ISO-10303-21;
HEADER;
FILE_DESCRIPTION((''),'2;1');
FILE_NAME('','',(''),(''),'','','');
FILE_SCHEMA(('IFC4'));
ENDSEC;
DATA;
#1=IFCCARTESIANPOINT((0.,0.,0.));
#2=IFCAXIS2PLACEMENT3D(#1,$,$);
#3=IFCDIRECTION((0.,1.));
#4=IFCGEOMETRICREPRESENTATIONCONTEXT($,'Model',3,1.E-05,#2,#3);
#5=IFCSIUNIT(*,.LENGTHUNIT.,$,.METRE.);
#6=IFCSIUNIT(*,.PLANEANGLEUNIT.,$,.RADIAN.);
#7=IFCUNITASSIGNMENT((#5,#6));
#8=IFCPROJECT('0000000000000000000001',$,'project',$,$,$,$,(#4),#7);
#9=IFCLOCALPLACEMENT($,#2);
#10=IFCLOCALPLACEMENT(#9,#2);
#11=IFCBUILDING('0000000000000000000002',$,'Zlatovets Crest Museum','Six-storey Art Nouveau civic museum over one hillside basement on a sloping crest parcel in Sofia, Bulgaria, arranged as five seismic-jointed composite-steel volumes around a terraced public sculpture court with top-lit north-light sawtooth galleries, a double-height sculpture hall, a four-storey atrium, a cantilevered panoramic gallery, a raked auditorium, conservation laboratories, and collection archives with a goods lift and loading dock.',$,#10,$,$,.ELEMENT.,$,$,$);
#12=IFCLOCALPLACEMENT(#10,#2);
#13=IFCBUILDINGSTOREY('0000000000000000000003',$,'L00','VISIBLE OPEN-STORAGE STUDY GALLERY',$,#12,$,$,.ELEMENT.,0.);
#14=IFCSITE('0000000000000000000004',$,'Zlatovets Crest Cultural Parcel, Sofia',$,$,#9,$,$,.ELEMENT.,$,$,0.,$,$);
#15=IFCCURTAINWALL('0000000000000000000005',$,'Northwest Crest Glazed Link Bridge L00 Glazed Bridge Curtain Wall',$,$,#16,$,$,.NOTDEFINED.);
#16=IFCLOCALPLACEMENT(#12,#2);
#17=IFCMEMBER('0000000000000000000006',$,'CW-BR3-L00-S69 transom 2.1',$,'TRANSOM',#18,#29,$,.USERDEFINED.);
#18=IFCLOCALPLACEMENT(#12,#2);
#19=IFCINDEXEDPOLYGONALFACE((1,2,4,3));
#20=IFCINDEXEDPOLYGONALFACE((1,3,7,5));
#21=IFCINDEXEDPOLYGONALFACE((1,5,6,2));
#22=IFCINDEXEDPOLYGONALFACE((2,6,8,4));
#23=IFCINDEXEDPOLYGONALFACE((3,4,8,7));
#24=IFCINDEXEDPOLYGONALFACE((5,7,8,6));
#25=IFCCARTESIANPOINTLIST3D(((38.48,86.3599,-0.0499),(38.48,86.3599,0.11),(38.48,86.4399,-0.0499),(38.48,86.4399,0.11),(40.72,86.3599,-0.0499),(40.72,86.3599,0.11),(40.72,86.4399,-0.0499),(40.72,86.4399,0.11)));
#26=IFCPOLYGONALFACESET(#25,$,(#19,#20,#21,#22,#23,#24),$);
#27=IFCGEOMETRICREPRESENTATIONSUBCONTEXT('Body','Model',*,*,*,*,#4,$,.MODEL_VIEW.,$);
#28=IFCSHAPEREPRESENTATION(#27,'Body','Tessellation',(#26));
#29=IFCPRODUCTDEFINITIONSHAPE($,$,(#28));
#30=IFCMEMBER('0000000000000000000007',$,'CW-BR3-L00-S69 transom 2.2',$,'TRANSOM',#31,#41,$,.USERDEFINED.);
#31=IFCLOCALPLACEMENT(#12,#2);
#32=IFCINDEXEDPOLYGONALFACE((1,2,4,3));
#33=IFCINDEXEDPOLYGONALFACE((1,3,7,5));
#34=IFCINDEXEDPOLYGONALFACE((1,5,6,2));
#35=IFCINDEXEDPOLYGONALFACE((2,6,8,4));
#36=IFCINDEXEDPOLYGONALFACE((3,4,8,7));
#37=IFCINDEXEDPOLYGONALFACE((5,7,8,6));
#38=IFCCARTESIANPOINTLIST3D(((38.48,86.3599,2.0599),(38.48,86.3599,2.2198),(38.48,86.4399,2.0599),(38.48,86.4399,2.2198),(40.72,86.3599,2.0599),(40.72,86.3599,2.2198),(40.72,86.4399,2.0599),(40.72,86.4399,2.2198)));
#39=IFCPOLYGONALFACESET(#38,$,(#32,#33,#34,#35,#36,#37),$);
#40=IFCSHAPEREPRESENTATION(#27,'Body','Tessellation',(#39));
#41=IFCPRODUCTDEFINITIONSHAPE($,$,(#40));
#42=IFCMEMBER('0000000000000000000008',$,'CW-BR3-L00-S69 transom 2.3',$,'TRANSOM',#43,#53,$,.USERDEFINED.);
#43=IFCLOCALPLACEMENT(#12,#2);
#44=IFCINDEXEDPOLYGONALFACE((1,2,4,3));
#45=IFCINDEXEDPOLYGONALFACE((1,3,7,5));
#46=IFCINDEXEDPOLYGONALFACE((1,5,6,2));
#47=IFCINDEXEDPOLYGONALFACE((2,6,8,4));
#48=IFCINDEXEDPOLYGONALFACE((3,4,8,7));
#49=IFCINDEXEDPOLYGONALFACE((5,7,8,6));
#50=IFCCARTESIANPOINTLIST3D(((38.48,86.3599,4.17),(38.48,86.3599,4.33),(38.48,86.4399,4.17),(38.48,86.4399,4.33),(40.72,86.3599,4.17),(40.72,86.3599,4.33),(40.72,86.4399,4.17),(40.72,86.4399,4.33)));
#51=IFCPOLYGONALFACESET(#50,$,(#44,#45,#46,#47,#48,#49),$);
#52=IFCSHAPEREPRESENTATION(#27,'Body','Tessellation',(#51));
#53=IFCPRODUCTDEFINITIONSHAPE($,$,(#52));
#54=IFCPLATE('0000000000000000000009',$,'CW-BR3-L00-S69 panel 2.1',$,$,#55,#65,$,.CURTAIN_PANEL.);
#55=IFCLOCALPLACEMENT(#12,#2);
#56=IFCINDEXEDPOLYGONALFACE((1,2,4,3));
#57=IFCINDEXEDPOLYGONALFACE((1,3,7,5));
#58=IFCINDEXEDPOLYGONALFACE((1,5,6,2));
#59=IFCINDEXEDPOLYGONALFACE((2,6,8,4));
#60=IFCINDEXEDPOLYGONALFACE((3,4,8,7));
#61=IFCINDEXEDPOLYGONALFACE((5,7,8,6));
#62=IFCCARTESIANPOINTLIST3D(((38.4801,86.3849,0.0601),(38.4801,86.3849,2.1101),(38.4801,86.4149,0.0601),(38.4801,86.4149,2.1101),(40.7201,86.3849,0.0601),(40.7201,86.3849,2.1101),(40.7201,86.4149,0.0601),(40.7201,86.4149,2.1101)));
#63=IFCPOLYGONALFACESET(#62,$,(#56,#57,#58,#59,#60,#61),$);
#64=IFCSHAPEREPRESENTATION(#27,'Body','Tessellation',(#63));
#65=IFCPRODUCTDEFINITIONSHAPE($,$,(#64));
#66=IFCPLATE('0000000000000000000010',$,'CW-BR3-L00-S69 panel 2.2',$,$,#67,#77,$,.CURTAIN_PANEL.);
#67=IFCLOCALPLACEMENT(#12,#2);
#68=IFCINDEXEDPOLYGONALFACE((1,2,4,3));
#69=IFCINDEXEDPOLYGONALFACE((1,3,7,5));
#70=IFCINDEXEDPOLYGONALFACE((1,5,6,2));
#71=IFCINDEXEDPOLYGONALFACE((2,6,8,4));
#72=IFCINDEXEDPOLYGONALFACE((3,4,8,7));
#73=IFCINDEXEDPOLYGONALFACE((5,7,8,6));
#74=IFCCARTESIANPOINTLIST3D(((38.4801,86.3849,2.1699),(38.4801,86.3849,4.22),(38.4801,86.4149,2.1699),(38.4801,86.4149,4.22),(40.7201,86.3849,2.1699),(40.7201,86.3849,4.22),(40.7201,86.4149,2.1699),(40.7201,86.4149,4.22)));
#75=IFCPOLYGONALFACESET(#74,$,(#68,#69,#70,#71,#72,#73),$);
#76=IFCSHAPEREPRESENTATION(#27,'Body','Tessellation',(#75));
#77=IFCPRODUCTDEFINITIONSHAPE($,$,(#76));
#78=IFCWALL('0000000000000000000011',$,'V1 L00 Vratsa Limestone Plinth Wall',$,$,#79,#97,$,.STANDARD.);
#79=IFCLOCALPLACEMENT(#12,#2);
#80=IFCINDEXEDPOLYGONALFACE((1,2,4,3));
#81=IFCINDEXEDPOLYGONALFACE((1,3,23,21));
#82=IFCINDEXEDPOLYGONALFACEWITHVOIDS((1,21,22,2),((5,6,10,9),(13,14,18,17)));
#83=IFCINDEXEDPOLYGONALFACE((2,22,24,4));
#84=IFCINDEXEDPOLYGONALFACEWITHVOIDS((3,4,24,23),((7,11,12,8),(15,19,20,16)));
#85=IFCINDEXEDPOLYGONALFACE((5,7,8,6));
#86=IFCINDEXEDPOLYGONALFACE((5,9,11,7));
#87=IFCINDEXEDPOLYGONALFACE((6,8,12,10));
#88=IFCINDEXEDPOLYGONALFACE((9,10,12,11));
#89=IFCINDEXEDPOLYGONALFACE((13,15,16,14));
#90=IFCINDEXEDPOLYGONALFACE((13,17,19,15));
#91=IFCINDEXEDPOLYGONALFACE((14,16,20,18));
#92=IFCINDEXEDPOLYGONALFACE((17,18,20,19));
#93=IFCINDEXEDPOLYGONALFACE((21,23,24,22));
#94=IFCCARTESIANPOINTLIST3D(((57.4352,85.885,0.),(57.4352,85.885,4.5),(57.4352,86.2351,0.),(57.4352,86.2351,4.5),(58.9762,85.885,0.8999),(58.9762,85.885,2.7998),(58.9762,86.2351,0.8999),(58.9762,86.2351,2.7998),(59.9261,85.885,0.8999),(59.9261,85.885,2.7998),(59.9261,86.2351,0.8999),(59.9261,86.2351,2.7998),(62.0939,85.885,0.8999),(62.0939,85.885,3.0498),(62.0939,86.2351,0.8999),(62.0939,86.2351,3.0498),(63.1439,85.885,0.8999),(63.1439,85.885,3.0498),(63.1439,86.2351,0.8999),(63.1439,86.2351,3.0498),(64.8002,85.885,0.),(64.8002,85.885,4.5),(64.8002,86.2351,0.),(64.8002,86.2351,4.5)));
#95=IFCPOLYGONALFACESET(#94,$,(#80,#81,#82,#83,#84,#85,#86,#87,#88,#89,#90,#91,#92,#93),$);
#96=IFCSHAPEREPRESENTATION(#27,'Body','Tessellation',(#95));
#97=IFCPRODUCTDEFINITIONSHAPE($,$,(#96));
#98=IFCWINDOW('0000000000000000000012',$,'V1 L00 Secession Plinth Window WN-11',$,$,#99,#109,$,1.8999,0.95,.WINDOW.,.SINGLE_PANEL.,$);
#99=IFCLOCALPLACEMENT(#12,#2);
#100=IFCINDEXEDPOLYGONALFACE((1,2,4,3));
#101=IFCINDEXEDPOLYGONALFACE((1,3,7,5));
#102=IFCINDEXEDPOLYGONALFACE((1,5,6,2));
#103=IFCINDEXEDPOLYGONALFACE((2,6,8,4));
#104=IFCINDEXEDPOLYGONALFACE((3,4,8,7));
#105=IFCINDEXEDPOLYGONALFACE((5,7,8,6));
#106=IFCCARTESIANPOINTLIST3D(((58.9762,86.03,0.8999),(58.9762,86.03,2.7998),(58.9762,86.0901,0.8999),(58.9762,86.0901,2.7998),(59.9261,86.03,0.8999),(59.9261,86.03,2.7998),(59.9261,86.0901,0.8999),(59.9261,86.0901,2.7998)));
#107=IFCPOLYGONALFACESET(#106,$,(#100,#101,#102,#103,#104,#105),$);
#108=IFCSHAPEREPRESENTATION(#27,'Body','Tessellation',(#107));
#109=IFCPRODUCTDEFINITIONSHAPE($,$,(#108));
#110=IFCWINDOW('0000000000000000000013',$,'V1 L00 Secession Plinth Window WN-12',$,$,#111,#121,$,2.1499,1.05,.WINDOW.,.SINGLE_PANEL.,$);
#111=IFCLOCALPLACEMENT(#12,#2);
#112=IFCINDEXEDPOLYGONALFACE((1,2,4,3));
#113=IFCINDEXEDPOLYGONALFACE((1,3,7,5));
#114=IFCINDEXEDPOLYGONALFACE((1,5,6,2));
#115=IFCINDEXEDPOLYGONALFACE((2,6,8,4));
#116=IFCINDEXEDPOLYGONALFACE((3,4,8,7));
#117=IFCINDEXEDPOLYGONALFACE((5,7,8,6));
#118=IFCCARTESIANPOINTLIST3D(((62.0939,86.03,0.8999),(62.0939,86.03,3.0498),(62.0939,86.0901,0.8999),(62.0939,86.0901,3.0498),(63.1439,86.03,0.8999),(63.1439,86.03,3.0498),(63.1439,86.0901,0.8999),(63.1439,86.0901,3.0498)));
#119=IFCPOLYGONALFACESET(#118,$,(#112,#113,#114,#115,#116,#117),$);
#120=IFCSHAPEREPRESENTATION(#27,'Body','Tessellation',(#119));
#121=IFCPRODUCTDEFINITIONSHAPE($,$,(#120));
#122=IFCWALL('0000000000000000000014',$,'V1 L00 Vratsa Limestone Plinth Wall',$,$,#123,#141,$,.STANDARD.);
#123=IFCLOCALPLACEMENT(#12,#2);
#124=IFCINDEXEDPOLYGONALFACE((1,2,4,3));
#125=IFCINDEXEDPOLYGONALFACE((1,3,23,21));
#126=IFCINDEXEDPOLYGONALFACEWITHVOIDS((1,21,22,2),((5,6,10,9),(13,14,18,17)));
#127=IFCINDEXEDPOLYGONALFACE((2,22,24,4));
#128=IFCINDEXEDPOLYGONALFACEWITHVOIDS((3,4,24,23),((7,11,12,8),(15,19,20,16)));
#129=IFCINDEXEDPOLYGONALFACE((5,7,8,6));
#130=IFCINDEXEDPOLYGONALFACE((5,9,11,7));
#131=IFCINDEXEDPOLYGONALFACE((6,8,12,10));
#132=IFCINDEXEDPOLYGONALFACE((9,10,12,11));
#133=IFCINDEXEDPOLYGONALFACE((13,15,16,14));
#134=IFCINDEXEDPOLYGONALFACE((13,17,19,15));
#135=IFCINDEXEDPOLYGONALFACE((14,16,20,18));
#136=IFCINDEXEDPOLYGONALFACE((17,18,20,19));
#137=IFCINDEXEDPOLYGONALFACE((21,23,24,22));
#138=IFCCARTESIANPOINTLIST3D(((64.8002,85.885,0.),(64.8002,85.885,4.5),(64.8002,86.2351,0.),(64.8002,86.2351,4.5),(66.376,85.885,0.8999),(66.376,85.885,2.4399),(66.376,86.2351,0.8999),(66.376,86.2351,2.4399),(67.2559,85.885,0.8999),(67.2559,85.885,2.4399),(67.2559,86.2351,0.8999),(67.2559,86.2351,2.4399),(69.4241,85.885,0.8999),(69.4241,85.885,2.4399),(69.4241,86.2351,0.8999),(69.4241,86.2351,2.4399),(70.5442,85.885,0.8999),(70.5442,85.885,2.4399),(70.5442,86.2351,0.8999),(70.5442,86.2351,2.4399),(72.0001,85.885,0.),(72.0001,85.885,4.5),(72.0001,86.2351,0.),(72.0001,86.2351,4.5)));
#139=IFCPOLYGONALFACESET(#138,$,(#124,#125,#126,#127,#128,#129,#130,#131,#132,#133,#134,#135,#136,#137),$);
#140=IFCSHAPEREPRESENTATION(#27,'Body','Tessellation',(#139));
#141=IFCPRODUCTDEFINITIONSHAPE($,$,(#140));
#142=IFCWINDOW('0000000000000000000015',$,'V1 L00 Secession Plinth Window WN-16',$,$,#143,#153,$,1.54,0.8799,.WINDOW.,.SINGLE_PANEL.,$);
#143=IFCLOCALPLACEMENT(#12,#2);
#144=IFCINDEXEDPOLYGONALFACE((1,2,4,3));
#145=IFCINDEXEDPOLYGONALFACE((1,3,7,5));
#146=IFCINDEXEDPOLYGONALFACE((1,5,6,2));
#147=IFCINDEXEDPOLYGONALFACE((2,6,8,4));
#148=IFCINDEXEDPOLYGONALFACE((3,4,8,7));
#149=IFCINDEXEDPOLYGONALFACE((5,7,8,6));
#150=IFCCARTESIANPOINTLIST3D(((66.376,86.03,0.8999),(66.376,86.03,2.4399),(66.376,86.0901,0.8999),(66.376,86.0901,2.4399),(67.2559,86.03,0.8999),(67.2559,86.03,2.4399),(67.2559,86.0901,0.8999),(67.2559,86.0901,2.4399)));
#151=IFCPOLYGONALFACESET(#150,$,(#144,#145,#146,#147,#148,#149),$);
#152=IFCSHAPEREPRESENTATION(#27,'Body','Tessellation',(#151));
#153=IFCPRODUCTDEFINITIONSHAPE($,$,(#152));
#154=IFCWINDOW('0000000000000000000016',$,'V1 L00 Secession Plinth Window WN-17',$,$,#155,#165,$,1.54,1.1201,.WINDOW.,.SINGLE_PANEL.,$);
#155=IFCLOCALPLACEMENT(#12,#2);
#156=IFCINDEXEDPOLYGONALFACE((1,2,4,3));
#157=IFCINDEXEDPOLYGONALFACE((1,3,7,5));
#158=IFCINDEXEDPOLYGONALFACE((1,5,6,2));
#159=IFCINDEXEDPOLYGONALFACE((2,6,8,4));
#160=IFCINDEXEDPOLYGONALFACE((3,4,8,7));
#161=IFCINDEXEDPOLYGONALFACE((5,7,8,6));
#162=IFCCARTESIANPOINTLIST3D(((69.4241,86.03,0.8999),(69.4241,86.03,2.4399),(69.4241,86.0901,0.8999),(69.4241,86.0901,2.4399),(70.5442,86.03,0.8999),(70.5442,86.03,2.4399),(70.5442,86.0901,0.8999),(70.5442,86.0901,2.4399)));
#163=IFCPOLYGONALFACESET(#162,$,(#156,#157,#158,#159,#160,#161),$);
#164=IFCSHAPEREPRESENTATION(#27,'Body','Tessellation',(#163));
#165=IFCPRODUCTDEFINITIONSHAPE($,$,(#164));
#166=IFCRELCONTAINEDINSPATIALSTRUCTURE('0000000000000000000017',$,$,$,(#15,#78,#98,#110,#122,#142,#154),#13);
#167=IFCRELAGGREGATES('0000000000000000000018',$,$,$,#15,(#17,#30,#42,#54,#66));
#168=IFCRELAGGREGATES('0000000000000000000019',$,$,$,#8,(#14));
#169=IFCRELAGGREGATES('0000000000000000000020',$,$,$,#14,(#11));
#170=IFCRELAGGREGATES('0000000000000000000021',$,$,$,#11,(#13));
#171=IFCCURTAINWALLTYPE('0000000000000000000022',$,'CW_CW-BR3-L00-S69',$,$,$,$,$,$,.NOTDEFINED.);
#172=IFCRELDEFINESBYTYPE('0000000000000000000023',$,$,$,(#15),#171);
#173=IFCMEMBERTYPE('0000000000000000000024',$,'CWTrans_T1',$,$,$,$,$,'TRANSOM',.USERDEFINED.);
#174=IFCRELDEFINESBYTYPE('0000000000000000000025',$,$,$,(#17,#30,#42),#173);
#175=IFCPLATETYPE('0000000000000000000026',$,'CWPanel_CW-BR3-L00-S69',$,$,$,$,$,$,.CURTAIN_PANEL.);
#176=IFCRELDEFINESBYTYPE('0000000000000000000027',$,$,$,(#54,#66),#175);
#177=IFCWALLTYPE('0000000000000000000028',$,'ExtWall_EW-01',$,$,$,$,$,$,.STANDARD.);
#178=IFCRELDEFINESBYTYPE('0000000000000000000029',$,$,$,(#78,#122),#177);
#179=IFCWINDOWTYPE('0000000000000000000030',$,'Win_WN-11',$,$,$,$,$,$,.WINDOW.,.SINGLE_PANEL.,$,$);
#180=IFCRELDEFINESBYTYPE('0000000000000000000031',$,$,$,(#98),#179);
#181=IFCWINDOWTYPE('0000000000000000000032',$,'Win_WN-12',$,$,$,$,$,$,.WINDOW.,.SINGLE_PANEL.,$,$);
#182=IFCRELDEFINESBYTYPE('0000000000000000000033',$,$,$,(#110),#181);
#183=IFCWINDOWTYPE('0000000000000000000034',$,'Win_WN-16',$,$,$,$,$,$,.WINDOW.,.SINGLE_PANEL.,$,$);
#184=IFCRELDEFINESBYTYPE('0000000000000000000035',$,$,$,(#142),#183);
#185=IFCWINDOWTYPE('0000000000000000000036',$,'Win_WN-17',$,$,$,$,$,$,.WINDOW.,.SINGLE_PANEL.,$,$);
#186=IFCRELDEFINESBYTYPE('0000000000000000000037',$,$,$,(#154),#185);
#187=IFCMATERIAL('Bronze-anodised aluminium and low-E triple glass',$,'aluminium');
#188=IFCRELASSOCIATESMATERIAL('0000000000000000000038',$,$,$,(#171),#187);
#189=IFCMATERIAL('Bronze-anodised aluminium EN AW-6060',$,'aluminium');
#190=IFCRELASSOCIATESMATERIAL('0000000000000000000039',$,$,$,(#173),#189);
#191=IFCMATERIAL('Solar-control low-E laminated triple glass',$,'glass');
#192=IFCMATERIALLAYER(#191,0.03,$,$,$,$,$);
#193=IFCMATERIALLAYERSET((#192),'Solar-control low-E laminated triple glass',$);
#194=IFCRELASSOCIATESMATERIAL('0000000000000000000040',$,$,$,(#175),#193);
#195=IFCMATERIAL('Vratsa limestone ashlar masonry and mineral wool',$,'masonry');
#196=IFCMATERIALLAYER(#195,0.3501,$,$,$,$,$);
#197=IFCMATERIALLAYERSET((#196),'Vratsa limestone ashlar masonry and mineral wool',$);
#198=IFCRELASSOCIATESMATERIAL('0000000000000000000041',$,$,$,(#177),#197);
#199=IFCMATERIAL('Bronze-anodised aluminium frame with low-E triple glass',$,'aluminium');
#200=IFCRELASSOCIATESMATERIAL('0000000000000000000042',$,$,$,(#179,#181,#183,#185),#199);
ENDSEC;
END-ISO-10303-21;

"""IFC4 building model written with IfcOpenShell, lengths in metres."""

from ifc_helpers import new_model, si_unit, direction, frame, frame_2d, origin, origin_2d, place, context, subcontext, project, spatial, rectangle, extrude, material, layer, layer_set, material_profile, profile_set, type_object, element, fill, aggregate, save


model = new_model("IFC4")

# Units and contexts
model_context = context("Model", 3, precision=1e-05, world=origin(), true_north=direction((0.0, 1.0)))
body_context = subcontext(model_context, "Body", "Model", "MODEL_VIEW")
ifc_project = project(units=[si_unit("LENGTHUNIT", "METRE"), si_unit("PLANEANGLEUNIT", "RADIAN")], contexts=[model_context])

# Site, building, storey
site_placement = place(None, origin())
site = spatial("IfcSite", under=ifc_project, at=site_placement, Name="Zlatovets Crest Cultural Parcel, Sofia", CompositionType="ELEMENT", RefElevation=0.0)
building_placement = place(site_placement, origin())
building = spatial("IfcBuilding", under=site, at=building_placement, Name="Zlatovets Crest Museum", Description="Six-storey Art Nouveau civic museum over one hillside basement on a sloping crest parcel in Sofia, Bulgaria, arranged as five seismic-jointed composite-steel volumes around a terraced public sculpture court with top-lit north-light sawtooth galleries, a double-height sculpture hall, a four-storey atrium, a cantilevered panoramic gallery, a raked auditorium, conservation laboratories, and collection archives with a goods lift and loading dock.", CompositionType="ELEMENT")
storey_placement = place(building_placement, origin())
storey = spatial("IfcBuildingStorey", under=building, at=storey_placement, Name="L00", Description="VISIBLE OPEN-STORAGE STUDY GALLERY", CompositionType="ELEMENT", Elevation=0.0)

# Curtain wall, members, plates
ifc_material_1 = material(Name="Bronze-anodised aluminium and low-E triple glass", Category="aluminium")
curtain_wall_type = type_object("IfcCurtainWallType", Name="CW_CW-BR3-L00-S69", PredefinedType="NOTDEFINED", material=ifc_material_1)
curtain_wall_placement = place(storey_placement, origin())
curtain_wall = element("IfcCurtainWall", 1, at=curtain_wall_placement, inside=storey, type_object=curtain_wall_type, Name="Northwest Crest Glazed Link Bridge L00 Glazed Bridge Curtain Wall", PredefinedType="NOTDEFINED")
ifc_material_2 = material(Name="Bronze-anodised aluminium EN AW-6060", Category="aluminium")
ifc_material_profile_1 = material_profile(ifc_material_2, rectangle(XDim=0.0801, YDim=0.1599, at=origin_2d()), Name="ALU 80x160")
ifc_profile_set_1 = profile_set([ifc_material_profile_1], Name="Bronze-anodised aluminium EN AW-6060")
member_type_1 = type_object("IfcMemberType", Name="CWTrans_T1", ElementType="TRANSOM", PredefinedType="USERDEFINED", material=ifc_profile_set_1)
member_1_placement = place(storey_placement, frame((38.48, 86.3999, 0.03), z_axis=(1.0, 0.0, 0.0), x_axis=(0.0, 1.0, 0.0)))
member_1 = element("IfcMember", 2, at=member_1_placement, type_object=member_type_1, Name="CW-BR3-L00-S69 transom 2.1", ObjectType="TRANSOM", PredefinedType="USERDEFINED", context=body_context, shape_type="SweptSolid", body=[
    extrude(rectangle(XDim=0.0801, YDim=0.1599, at=origin_2d()), origin(), (0.0, 0.0, 1.0), 2.24),
])
member_2_placement = place(storey_placement, frame((38.48, 86.3999, 2.1399), z_axis=(1.0, 0.0, 0.0), x_axis=(0.0, 1.0, 0.0)))
member_2 = element("IfcMember", 3, at=member_2_placement, type_object=member_type_1, Name="CW-BR3-L00-S69 transom 2.2", ObjectType="TRANSOM", PredefinedType="USERDEFINED", context=body_context, shape_type="SweptSolid", body=[
    extrude(rectangle(XDim=0.0801, YDim=0.1599, at=origin_2d()), origin(), (0.0, 0.0, 1.0), 2.24),
])
member_3_placement = place(storey_placement, frame((38.48, 86.3999, 4.25), z_axis=(1.0, 0.0, 0.0), x_axis=(0.0, 1.0, 0.0)))
member_3 = element("IfcMember", 4, at=member_3_placement, type_object=member_type_1, Name="CW-BR3-L00-S69 transom 2.3", ObjectType="TRANSOM", PredefinedType="USERDEFINED", context=body_context, shape_type="SweptSolid", body=[
    extrude(rectangle(XDim=0.0801, YDim=0.1599, at=origin_2d()), origin(), (0.0, 0.0, 1.0), 2.24),
])
ifc_material_3 = material(Name="Solar-control low-E laminated triple glass", Category="glass")
ifc_layer_1 = layer(ifc_material_3, 0.03)
ifc_layer_set_1 = layer_set([ifc_layer_1], Name="Solar-control low-E laminated triple glass")
plate_type = type_object("IfcPlateType", Name="CWPanel_CW-BR3-L00-S69", PredefinedType="CURTAIN_PANEL", material=ifc_layer_set_1)
plate_1_placement = place(storey_placement, frame((39.6001, 86.3999, 0.0601), z_axis=(0.0, 0.0, 1.0), x_axis=(1.0, 0.0, 0.0)))
plate_1 = element("IfcPlate", 5, at=plate_1_placement, type_object=plate_type, Name="CW-BR3-L00-S69 panel 2.1", PredefinedType="CURTAIN_PANEL", context=body_context, shape_type="SweptSolid", body=[
    extrude(rectangle(XDim=2.24, YDim=0.03, at=origin_2d()), origin(), (0.0, 0.0, 1.0), 2.05),
])
plate_2_placement = place(storey_placement, frame((39.6001, 86.3999, 2.1699), z_axis=(0.0, 0.0, 1.0), x_axis=(1.0, 0.0, 0.0)))
plate_2 = element("IfcPlate", 6, at=plate_2_placement, type_object=plate_type, Name="CW-BR3-L00-S69 panel 2.2", PredefinedType="CURTAIN_PANEL", context=body_context, shape_type="SweptSolid", body=[
    extrude(rectangle(XDim=2.24, YDim=0.03, at=origin_2d()), origin(), (0.0, 0.0, 1.0), 2.05),
])
aggregate(curtain_wall, [member_1, member_2, member_3, plate_1, plate_2])

# Walls, openings, windows
ifc_material_4 = material(Name="Vratsa limestone ashlar masonry and mineral wool", Category="masonry")
ifc_layer_2 = layer(ifc_material_4, 0.3501)
ifc_layer_set_2 = layer_set([ifc_layer_2], Name="Vratsa limestone ashlar masonry and mineral wool")
wall_type_1 = type_object("IfcWallType", Name="ExtWall_EW-01", PredefinedType="STANDARD", material=ifc_layer_set_2)
wall_1_placement = place(storey_placement, frame((57.4351, 86.0601, 0.0), z_axis=(0.0, 0.0, 1.0), x_axis=(1.0, 0.0, 0.0)))
wall_1 = element("IfcWall", 7, at=wall_1_placement, inside=storey, type_object=wall_type_1, Name="V1 L00 Vratsa Limestone Plinth Wall", PredefinedType="STANDARD", context=body_context, shape_type="SweptSolid", body=[
    extrude(rectangle(XDim=7.365, YDim=0.3501, at=frame_2d((3.6826, 0.0))), origin(), (0.0, 0.0, 1.0), 4.5),
])
opening_1_placement = place(wall_1_placement, frame((1.541, 0.0, 0.8999)))
opening_1 = element("IfcOpeningElement", 8, at=opening_1_placement, cuts=wall_1, PredefinedType="OPENING", context=body_context, shape_type="SweptSolid", body=[
    extrude(rectangle(XDim=0.95, YDim=1.8999, at=frame_2d((0.4751, 0.95))), frame((0.0, 0.1851, 0.0), z_axis=(0.0, -1.0, 0.0), x_axis=(1.0, 0.0, 0.0)), (0.0, 0.0, 1.0), 0.3701),
])
opening_2_placement = place(wall_1_placement, frame((4.6589, 0.0, 0.8999)))
opening_2 = element("IfcOpeningElement", 9, at=opening_2_placement, cuts=wall_1, PredefinedType="OPENING", context=body_context, shape_type="SweptSolid", body=[
    extrude(rectangle(XDim=1.05, YDim=2.1499, at=frame_2d((0.5249, 1.075))), frame((0.0, 0.1851, 0.0), z_axis=(0.0, -1.0, 0.0), x_axis=(1.0, 0.0, 0.0)), (0.0, 0.0, 1.0), 0.3701),
])
ifc_material_5 = material(Name="Bronze-anodised aluminium frame with low-E triple glass", Category="aluminium")
window_type_1 = type_object("IfcWindowType", Name="Win_WN-11", PartitioningType="SINGLE_PANEL", PredefinedType="WINDOW", material=ifc_material_5)
window_1_placement = place(opening_1_placement, origin())
window_1 = element("IfcWindow", 10, at=window_1_placement, inside=storey, type_object=window_type_1, Name="V1 L00 Secession Plinth Window WN-11", OverallHeight=1.8999, OverallWidth=0.95, PartitioningType="SINGLE_PANEL", PredefinedType="WINDOW", context=body_context, shape_type="SweptSolid", body=[
    extrude(rectangle(XDim=0.95, YDim=1.8999, at=frame_2d((0.4751, 0.95))), frame((0.0, 0.03, 0.0), z_axis=(0.0, -1.0, 0.0), x_axis=(1.0, 0.0, 0.0)), (0.0, 0.0, 1.0), 0.0601),
])
fill(opening_1, window_1)
window_type_2 = type_object("IfcWindowType", Name="Win_WN-12", PartitioningType="SINGLE_PANEL", PredefinedType="WINDOW", material=ifc_material_5)
window_2_placement = place(opening_2_placement, origin())
window_2 = element("IfcWindow", 11, at=window_2_placement, inside=storey, type_object=window_type_2, Name="V1 L00 Secession Plinth Window WN-12", OverallHeight=2.1499, OverallWidth=1.05, PartitioningType="SINGLE_PANEL", PredefinedType="WINDOW", context=body_context, shape_type="SweptSolid", body=[
    extrude(rectangle(XDim=1.05, YDim=2.1499, at=frame_2d((0.5249, 1.075))), frame((0.0, 0.03, 0.0), z_axis=(0.0, -1.0, 0.0), x_axis=(1.0, 0.0, 0.0)), (0.0, 0.0, 1.0), 0.0601),
])
fill(opening_2, window_2)
wall_2_placement = place(storey_placement, frame((64.8, 86.0601, 0.0), z_axis=(0.0, 0.0, 1.0), x_axis=(1.0, 0.0, 0.0)))
wall_2 = element("IfcWall", 12, at=wall_2_placement, inside=storey, type_object=wall_type_1, Name="V1 L00 Vratsa Limestone Plinth Wall", PredefinedType="STANDARD", context=body_context, shape_type="SweptSolid", body=[
    extrude(rectangle(XDim=7.2, YDim=0.3501, at=frame_2d((3.6001, 0.0))), origin(), (0.0, 0.0, 1.0), 4.5),
])
opening_3_placement = place(wall_2_placement, frame((1.5759, 0.0, 0.8999)))
opening_3 = element("IfcOpeningElement", 13, at=opening_3_placement, cuts=wall_2, PredefinedType="OPENING", context=body_context, shape_type="SweptSolid", body=[
    extrude(rectangle(XDim=0.8799, YDim=1.54, at=frame_2d((0.4399, 0.77))), frame((0.0, 0.1851, 0.0), z_axis=(0.0, -1.0, 0.0), x_axis=(1.0, 0.0, 0.0)), (0.0, 0.0, 1.0), 0.3701),
])
opening_4_placement = place(wall_2_placement, frame((4.624, 0.0, 0.8999)))
opening_4 = element("IfcOpeningElement", 14, at=opening_4_placement, cuts=wall_2, PredefinedType="OPENING", context=body_context, shape_type="SweptSolid", body=[
    extrude(rectangle(XDim=1.1201, YDim=1.54, at=frame_2d((0.5601, 0.77))), frame((0.0, 0.1851, 0.0), z_axis=(0.0, -1.0, 0.0), x_axis=(1.0, 0.0, 0.0)), (0.0, 0.0, 1.0), 0.3701),
])
window_type_3 = type_object("IfcWindowType", Name="Win_WN-16", PartitioningType="SINGLE_PANEL", PredefinedType="WINDOW", material=ifc_material_5)
window_3_placement = place(opening_3_placement, origin())
window_3 = element("IfcWindow", 15, at=window_3_placement, inside=storey, type_object=window_type_3, Name="V1 L00 Secession Plinth Window WN-16", OverallHeight=1.54, OverallWidth=0.8799, PartitioningType="SINGLE_PANEL", PredefinedType="WINDOW", context=body_context, shape_type="SweptSolid", body=[
    extrude(rectangle(XDim=0.8799, YDim=1.54, at=frame_2d((0.4399, 0.77))), frame((0.0, 0.03, 0.0), z_axis=(0.0, -1.0, 0.0), x_axis=(1.0, 0.0, 0.0)), (0.0, 0.0, 1.0), 0.0601),
])
fill(opening_3, window_3)
window_type_4 = type_object("IfcWindowType", Name="Win_WN-17", PartitioningType="SINGLE_PANEL", PredefinedType="WINDOW", material=ifc_material_5)
window_4_placement = place(opening_4_placement, origin())
window_4 = element("IfcWindow", 16, at=window_4_placement, inside=storey, type_object=window_type_4, Name="V1 L00 Secession Plinth Window WN-17", OverallHeight=1.54, OverallWidth=1.1201, PartitioningType="SINGLE_PANEL", PredefinedType="WINDOW", context=body_context, shape_type="SweptSolid", body=[
    extrude(rectangle(XDim=1.1201, YDim=1.54, at=frame_2d((0.5601, 0.77))), frame((0.0, 0.03, 0.0), z_axis=(0.0, -1.0, 0.0), x_axis=(1.0, 0.0, 0.0)), (0.0, 0.0, 1.0), 0.0601),
])
fill(opening_4, window_4)

save(model, "model.ifc")
